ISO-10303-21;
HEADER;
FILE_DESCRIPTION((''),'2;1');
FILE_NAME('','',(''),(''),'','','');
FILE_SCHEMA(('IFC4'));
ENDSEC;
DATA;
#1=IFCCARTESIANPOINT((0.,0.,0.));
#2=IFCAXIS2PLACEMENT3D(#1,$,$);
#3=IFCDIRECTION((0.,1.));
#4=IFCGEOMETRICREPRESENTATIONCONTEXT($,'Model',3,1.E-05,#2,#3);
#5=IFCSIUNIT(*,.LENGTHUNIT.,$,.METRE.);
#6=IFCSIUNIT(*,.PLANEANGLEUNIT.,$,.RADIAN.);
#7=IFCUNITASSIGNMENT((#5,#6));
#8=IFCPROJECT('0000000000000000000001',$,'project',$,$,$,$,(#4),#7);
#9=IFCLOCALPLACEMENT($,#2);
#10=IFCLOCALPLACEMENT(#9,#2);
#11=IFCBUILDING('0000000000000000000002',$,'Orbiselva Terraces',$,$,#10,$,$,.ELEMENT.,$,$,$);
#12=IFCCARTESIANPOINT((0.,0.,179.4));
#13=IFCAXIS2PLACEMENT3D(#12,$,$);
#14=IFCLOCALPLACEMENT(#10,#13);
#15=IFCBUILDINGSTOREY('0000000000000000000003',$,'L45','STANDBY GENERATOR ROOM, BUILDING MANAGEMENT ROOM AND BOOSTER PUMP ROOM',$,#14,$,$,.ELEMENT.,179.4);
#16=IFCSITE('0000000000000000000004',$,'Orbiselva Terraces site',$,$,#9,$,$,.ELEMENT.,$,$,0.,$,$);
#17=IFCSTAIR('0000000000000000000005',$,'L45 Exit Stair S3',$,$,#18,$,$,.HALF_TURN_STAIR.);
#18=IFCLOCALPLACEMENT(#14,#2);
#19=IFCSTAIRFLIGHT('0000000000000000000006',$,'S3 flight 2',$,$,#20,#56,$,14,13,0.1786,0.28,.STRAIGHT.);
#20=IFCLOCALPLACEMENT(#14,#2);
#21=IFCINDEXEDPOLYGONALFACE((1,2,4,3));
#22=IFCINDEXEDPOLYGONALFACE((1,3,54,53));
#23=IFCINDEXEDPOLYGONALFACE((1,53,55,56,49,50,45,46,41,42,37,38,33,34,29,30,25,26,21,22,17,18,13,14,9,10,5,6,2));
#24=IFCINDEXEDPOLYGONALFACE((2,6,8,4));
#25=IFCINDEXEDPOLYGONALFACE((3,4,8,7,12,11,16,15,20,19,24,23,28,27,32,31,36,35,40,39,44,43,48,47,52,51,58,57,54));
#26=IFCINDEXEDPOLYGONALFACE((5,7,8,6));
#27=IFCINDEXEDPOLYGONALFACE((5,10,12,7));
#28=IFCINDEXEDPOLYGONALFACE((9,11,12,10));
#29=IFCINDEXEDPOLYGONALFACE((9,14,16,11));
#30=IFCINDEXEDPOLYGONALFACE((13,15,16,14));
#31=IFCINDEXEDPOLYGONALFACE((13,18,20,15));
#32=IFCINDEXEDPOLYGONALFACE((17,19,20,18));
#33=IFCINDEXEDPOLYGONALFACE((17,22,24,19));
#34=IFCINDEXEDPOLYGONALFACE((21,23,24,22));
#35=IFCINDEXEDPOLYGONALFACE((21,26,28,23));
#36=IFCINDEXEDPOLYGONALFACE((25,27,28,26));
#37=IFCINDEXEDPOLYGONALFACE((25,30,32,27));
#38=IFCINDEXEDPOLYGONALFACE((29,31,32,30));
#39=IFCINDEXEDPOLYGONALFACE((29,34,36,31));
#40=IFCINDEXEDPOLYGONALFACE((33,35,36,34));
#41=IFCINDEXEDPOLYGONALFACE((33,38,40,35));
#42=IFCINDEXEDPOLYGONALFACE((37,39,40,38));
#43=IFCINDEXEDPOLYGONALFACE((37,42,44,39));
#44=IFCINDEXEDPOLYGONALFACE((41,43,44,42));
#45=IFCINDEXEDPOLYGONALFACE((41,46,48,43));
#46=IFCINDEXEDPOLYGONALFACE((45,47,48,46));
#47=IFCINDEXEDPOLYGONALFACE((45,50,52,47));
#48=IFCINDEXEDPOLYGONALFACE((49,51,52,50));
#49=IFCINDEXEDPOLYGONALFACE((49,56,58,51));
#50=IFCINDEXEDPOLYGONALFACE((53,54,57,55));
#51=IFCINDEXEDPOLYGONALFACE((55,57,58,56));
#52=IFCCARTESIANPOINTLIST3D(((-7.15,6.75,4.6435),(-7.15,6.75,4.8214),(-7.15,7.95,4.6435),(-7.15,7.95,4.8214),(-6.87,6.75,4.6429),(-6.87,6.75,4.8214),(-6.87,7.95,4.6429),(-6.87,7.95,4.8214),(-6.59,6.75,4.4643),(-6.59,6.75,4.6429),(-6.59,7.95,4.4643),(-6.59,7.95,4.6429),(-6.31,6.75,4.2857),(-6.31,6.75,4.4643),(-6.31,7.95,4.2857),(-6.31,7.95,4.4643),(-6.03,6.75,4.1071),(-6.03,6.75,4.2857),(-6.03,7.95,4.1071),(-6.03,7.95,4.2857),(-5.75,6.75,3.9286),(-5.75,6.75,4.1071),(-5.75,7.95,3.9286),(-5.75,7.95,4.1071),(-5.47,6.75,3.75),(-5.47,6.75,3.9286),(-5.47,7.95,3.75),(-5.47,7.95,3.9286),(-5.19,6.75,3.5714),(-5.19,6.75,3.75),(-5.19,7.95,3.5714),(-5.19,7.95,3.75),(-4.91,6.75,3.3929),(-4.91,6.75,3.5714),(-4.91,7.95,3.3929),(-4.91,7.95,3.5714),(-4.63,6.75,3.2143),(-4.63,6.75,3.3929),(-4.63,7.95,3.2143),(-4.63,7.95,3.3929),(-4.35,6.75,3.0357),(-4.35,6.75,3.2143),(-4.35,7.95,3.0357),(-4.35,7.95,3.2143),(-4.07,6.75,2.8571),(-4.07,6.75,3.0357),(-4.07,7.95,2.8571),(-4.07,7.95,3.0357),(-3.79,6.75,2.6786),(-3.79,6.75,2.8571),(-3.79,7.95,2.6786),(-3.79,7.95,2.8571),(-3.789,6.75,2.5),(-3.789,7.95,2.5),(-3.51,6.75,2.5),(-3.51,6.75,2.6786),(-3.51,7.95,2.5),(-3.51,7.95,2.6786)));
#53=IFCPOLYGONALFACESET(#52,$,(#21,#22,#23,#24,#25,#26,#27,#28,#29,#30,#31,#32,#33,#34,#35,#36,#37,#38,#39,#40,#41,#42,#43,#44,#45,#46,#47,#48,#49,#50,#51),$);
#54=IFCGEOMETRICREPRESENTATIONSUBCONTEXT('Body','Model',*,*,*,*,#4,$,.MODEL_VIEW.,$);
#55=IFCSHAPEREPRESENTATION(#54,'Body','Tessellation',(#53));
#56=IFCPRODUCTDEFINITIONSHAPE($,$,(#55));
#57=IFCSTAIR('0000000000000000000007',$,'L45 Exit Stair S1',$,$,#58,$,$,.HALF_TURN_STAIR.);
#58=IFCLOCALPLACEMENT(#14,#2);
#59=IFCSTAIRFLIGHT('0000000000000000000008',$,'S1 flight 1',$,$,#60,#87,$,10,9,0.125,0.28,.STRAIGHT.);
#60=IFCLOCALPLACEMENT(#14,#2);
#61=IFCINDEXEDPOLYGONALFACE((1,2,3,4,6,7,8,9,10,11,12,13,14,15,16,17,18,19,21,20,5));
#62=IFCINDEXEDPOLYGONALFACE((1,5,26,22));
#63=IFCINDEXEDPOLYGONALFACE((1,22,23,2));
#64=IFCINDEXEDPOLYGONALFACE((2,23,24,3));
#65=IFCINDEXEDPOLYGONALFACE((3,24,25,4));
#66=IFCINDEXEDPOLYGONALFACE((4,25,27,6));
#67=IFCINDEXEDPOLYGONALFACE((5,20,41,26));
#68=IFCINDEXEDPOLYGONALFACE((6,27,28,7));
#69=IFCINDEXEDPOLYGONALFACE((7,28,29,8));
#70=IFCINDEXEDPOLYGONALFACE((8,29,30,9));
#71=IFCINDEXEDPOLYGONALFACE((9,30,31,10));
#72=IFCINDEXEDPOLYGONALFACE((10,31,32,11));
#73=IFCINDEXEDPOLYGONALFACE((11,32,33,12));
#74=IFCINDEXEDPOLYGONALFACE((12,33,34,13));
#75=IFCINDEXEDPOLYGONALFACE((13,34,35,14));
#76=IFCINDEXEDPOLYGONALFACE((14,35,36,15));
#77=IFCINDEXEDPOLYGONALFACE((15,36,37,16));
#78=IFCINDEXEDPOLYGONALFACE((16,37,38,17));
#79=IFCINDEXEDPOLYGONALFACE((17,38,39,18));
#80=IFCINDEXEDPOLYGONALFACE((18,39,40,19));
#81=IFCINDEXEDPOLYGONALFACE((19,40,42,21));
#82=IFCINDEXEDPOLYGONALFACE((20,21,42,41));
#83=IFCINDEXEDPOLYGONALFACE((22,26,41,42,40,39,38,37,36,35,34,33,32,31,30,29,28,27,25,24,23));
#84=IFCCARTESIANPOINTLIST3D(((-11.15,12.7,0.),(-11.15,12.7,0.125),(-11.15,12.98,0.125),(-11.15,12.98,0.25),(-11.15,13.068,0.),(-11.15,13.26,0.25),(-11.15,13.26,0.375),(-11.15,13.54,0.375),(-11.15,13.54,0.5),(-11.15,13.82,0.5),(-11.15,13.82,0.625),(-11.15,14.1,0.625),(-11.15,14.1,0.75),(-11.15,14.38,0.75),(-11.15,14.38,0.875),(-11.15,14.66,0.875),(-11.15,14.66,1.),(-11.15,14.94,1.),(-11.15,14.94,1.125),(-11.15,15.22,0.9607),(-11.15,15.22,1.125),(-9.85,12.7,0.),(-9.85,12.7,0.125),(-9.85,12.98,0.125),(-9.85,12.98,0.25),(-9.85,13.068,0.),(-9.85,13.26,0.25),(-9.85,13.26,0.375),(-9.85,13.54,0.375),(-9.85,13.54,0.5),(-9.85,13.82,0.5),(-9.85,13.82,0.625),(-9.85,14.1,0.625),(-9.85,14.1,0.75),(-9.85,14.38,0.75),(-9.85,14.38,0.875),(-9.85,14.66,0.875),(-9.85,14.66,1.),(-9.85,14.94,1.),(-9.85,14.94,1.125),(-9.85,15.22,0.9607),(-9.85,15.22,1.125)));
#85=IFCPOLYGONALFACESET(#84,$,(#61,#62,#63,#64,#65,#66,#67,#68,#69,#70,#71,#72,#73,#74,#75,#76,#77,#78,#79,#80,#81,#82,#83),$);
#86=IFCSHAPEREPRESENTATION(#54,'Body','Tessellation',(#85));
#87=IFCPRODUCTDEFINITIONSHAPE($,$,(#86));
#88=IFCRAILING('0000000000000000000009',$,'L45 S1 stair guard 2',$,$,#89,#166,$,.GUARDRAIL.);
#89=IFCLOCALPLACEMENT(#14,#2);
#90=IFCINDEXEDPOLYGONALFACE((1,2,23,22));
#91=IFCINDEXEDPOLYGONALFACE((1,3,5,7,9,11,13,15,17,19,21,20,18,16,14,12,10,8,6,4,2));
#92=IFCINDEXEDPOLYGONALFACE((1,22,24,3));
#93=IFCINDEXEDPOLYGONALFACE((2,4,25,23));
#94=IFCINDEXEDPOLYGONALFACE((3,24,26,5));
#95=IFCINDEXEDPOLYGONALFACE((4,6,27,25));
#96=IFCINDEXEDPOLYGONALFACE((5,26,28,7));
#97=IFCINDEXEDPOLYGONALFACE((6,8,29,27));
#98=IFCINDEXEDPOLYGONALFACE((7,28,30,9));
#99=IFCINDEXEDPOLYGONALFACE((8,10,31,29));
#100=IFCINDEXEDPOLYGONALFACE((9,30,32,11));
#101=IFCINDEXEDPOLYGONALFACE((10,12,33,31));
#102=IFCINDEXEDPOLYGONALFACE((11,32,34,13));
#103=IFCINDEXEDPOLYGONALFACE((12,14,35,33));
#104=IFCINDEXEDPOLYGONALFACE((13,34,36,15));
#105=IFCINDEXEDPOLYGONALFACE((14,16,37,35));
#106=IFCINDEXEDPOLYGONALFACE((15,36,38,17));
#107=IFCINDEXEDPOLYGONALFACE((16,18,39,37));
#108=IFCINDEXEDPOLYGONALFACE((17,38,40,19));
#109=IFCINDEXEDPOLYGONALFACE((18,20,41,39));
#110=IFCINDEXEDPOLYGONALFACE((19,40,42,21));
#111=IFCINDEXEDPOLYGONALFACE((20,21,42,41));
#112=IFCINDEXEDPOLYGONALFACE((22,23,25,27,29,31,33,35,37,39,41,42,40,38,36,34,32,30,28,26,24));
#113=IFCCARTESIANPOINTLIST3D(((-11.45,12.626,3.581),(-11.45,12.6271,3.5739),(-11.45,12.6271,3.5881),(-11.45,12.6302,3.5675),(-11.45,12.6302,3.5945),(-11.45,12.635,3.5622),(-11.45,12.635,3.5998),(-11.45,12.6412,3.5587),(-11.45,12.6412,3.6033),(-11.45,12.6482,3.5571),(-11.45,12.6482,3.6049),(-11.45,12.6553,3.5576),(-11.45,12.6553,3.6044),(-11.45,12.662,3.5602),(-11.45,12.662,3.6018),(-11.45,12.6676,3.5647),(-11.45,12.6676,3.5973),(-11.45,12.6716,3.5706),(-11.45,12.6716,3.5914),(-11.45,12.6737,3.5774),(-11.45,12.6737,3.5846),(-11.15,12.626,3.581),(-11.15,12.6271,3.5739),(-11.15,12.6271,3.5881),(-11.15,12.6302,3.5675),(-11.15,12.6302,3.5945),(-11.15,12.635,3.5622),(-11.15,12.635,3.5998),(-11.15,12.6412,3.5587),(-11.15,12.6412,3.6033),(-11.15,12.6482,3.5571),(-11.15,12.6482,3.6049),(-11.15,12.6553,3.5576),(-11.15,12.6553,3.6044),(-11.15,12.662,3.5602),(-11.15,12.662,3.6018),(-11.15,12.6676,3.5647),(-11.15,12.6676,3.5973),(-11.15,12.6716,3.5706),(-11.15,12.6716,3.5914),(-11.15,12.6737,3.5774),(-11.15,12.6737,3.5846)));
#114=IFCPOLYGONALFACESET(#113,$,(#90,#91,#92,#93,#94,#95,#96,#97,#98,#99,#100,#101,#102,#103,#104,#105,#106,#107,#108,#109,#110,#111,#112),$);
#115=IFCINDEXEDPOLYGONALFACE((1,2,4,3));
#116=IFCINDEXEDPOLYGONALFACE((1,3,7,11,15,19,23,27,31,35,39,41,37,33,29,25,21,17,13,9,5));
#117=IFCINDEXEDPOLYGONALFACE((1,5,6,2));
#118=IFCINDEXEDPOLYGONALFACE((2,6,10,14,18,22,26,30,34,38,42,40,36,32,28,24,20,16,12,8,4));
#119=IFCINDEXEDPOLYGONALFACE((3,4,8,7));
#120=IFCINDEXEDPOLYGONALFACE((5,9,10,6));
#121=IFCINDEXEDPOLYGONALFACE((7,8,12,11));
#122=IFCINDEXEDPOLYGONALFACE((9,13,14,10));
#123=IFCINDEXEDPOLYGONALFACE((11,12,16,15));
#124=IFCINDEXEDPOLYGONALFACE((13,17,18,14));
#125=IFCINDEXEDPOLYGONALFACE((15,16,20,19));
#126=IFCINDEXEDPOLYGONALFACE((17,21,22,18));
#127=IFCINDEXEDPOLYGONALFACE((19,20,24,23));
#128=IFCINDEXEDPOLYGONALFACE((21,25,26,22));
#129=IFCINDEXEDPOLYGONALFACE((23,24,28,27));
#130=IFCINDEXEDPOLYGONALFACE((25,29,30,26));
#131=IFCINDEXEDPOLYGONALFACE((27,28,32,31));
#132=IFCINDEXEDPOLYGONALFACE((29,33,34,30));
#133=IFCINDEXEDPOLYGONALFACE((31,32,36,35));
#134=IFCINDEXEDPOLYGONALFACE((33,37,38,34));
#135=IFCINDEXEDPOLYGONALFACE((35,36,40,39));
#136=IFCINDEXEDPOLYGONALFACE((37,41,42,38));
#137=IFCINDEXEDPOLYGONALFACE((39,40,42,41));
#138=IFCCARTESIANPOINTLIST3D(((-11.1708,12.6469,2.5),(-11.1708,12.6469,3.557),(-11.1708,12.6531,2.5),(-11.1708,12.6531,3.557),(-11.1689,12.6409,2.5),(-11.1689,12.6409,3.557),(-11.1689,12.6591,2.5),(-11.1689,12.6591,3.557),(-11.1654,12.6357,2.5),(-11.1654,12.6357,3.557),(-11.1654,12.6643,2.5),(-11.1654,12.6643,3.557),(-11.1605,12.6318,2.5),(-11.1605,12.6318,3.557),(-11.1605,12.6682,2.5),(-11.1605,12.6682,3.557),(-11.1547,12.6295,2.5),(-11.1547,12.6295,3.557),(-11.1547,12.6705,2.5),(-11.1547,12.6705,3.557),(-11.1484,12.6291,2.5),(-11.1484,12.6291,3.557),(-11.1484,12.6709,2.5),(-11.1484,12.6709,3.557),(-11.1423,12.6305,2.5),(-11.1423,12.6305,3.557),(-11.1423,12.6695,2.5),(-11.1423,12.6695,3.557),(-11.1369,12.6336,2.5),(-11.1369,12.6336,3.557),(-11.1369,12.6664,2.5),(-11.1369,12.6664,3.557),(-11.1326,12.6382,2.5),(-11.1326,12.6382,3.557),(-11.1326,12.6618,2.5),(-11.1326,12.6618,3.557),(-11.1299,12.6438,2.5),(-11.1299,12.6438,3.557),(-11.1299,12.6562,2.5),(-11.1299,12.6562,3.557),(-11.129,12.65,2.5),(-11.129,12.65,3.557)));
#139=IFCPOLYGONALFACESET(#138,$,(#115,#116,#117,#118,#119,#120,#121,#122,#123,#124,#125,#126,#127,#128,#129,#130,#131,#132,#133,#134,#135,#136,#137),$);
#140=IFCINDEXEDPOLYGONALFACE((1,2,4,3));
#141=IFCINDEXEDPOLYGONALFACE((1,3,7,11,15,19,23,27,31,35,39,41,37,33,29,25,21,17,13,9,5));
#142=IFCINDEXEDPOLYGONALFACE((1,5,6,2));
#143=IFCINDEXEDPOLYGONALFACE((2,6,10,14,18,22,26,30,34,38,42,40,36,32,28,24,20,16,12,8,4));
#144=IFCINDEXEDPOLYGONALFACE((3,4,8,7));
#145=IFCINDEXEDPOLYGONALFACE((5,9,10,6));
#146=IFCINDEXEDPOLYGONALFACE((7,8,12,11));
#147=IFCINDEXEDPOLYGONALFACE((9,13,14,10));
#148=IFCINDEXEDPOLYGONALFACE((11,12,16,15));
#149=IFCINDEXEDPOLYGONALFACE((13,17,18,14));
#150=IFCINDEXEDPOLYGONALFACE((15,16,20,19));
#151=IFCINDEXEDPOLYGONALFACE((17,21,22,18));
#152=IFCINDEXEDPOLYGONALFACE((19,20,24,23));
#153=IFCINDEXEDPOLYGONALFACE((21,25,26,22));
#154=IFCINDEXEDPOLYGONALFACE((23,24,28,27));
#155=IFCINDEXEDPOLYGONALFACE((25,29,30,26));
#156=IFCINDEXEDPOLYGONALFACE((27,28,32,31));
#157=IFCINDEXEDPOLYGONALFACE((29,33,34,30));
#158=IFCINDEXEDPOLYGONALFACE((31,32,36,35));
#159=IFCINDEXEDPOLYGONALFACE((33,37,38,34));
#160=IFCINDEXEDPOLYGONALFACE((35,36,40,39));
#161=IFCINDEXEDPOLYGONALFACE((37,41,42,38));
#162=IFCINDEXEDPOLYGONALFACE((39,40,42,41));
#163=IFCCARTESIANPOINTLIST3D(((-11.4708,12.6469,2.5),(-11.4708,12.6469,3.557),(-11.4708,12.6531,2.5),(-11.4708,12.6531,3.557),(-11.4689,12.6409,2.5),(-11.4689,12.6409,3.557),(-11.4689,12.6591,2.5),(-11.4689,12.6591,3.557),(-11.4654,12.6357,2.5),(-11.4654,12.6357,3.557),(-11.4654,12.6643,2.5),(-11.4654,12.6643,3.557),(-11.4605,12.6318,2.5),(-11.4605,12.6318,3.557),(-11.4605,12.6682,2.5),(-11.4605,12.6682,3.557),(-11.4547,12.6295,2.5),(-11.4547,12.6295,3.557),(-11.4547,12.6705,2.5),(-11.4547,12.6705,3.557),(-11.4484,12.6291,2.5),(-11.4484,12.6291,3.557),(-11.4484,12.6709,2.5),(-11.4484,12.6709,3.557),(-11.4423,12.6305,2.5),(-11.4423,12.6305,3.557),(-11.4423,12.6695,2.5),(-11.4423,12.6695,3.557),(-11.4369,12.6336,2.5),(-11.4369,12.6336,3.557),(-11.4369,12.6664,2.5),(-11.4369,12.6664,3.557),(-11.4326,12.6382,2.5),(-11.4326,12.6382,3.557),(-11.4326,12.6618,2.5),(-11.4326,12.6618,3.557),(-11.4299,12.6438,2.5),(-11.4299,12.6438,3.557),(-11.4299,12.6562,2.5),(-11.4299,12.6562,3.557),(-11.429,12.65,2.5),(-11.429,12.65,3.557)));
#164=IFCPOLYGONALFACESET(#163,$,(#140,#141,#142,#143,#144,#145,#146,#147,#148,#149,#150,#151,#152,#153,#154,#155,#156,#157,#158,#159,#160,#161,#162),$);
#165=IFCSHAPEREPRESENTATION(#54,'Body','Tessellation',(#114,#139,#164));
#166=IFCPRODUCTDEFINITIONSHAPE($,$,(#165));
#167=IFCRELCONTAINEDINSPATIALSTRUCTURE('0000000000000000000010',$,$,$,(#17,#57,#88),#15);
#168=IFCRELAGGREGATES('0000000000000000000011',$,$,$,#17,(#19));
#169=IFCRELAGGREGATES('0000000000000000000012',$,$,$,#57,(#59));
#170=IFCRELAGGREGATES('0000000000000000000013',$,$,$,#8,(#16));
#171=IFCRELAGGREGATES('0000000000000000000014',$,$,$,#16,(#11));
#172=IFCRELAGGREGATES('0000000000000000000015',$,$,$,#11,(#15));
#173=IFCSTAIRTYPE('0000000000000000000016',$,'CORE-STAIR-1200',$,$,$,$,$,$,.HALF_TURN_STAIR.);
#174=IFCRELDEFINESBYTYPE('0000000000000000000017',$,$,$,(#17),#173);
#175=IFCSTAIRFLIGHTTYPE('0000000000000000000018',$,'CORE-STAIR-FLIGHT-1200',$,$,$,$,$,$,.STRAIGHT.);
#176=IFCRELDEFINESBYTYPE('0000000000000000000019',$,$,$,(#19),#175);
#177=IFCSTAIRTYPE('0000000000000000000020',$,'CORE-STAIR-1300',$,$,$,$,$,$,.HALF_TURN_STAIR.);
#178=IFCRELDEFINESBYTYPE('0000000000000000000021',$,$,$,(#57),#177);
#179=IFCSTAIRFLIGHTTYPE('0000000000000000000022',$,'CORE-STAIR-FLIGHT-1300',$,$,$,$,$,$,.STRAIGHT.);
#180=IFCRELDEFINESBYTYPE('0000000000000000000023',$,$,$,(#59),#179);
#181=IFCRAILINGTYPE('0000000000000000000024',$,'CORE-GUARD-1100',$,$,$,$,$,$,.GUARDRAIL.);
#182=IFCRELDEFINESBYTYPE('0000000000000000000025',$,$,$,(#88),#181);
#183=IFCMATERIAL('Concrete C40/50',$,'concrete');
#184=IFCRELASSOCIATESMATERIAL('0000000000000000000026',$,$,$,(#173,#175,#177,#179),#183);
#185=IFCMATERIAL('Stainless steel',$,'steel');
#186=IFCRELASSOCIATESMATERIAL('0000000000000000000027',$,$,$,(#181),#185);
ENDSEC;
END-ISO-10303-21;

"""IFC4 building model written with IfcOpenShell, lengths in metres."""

from ifc_helpers import new_model, si_unit, direction, frame, origin, origin_2d, place, context, subcontext, project, spatial, polyline, circle, outline, extrude, material, type_object, element, aggregate, save


model = new_model("IFC4")

# Units and contexts
model_context = context("Model", 3, precision=1e-05, world=origin(), true_north=direction((0.0, 1.0)))
body_context = subcontext(model_context, "Body", "Model", "MODEL_VIEW")
ifc_project = project(units=[si_unit("LENGTHUNIT", "METRE"), si_unit("PLANEANGLEUNIT", "RADIAN")], contexts=[model_context])

# Site, building, storey
site_placement = place(None, origin())
site = spatial("IfcSite", under=ifc_project, at=site_placement, Name="Orbiselva Terraces site", CompositionType="ELEMENT", RefElevation=0.0)
building_placement = place(site_placement, origin())
building = spatial("IfcBuilding", under=site, at=building_placement, Name="Orbiselva Terraces", CompositionType="ELEMENT")
storey_placement = place(building_placement, frame((0.0, 0.0, 179.4)))
storey = spatial("IfcBuildingStorey", under=building, at=storey_placement, Name="L45", Description="STANDBY GENERATOR ROOM, BUILDING MANAGEMENT ROOM AND BOOSTER PUMP ROOM", CompositionType="ELEMENT", Elevation=179.4)

# Stair, stair flight
ifc_material_1 = material(Name="Concrete C40/50", Category="concrete")
stair_type_1 = type_object("IfcStairType", Name="CORE-STAIR-1200", PredefinedType="HALF_TURN_STAIR", material=ifc_material_1)
stair_1_placement = place(storey_placement, origin())
stair_1 = element("IfcStair", 1, at=stair_1_placement, inside=storey, type_object=stair_type_1, Name="L45 Exit Stair S3", PredefinedType="HALF_TURN_STAIR")
stair_flight_type_1 = type_object("IfcStairFlightType", Name="CORE-STAIR-FLIGHT-1200", PredefinedType="STRAIGHT", material=ifc_material_1)
stair_flight_1_placement = place(storey_placement, frame((-3.51, 7.35, 2.5), z_axis=(0.0, 0.0, 1.0), x_axis=(-1.0, 0.0, 0.0)))
stair_flight_1 = element("IfcStairFlight", 2, at=stair_flight_1_placement, type_object=stair_flight_type_1, Name="S3 flight 2", NumberOfRisers=14, NumberOfTreads=13, PredefinedType="STRAIGHT", RiserHeight=0.1786, TreadLength=0.28, context=body_context, shape_type="SweptSolid", body=[
    extrude(outline(polyline([(0.0, 0.0), (0.0, 0.1786), (0.28, 0.1786), (0.28, 0.3571), (0.56, 0.3571), (0.56, 0.5357), (0.84, 0.5357), (0.84, 0.7143), (1.12, 0.7143), (1.12, 0.8929), (1.4, 0.8929), (1.4, 1.0714), (1.68, 1.0714), (1.68, 1.25), (1.96, 1.25), (1.96, 1.4286), (2.24, 1.4286), (2.24, 1.6071), (2.52, 1.6071), (2.52, 1.7857), (2.8, 1.7857), (2.8, 1.9643), (3.08, 1.9643), (3.08, 2.1429), (3.36, 2.1429), (3.36, 2.3214), (3.64, 2.3214), (3.64, 2.5), (3.64, 2.1435), (0.279, 0.0), (0.0, 0.0)])), frame((0.0, 0.6, 0.0), z_axis=(0.0, -1.0, 0.0), x_axis=(1.0, 0.0, 0.0)), (0.0, 0.0, 1.0), 1.2),
])
aggregate(stair_1, [stair_flight_1])

# Stair, stair flight
stair_type_2 = type_object("IfcStairType", Name="CORE-STAIR-1300", PredefinedType="HALF_TURN_STAIR", material=ifc_material_1)
stair_2_placement = place(storey_placement, origin())
stair_2 = element("IfcStair", 3, at=stair_2_placement, inside=storey, type_object=stair_type_2, Name="L45 Exit Stair S1", PredefinedType="HALF_TURN_STAIR")
stair_flight_type_2 = type_object("IfcStairFlightType", Name="CORE-STAIR-FLIGHT-1300", PredefinedType="STRAIGHT", material=ifc_material_1)
stair_flight_2_placement = place(storey_placement, frame((-10.5, 12.7, 0.0), z_axis=(0.0, 0.0, 1.0), x_axis=(0.0, 1.0, 0.0)))
stair_flight_2 = element("IfcStairFlight", 4, at=stair_flight_2_placement, type_object=stair_flight_type_2, Name="S1 flight 1", NumberOfRisers=10, NumberOfTreads=9, PredefinedType="STRAIGHT", RiserHeight=0.125, TreadLength=0.28, context=body_context, shape_type="SweptSolid", body=[
    extrude(outline(polyline([(0.0, 0.0), (0.0, 0.125), (0.28, 0.125), (0.28, 0.25), (0.56, 0.25), (0.56, 0.375), (0.84, 0.375), (0.84, 0.5), (1.12, 0.5), (1.12, 0.625), (1.4, 0.625), (1.4, 0.75), (1.68, 0.75), (1.68, 0.875), (1.96, 0.875), (1.96, 1.0), (2.24, 1.0), (2.24, 1.125), (2.52, 1.125), (2.52, 1.25), (2.52, 0.9607), (0.368, 0.0), (0.0, 0.0)])), frame((0.0, 0.65, 0.0), z_axis=(0.0, -1.0, 0.0), x_axis=(1.0, 0.0, 0.0)), (0.0, 0.0, 1.0), 1.3),
])
aggregate(stair_2, [stair_flight_2])

# Railing
ifc_material_2 = material(Name="Stainless steel", Category="steel")
railing_type_1 = type_object("IfcRailingType", Name="CORE-GUARD-1100", PredefinedType="GUARDRAIL", material=ifc_material_2)
railing_1_placement = place(storey_placement, frame((-11.15, 12.65, 2.5)))
element("IfcRailing", 5, at=railing_1_placement, inside=storey, type_object=railing_type_1, Name="L45 S1 stair guard 2", PredefinedType="GUARDRAIL", context=body_context, shape_type="SweptSolid", body=[
    extrude(circle(Radius=0.024, at=origin_2d()), frame((0.0, 0.0, 1.081), z_axis=(-1.0, 0.0, 0.0), x_axis=(0.0, -1.0, 0.0)), (0.0, 0.0, 1.0), 0.3),
    extrude(circle(Radius=0.021, at=origin_2d()), origin(), (0.0, 0.0, 1.0), 1.057),
    extrude(circle(Radius=0.021, at=origin_2d()), frame((-0.3, 0.0, 0.0)), (0.0, 0.0, 1.0), 1.057),
])

save(model, "model.ifc")
